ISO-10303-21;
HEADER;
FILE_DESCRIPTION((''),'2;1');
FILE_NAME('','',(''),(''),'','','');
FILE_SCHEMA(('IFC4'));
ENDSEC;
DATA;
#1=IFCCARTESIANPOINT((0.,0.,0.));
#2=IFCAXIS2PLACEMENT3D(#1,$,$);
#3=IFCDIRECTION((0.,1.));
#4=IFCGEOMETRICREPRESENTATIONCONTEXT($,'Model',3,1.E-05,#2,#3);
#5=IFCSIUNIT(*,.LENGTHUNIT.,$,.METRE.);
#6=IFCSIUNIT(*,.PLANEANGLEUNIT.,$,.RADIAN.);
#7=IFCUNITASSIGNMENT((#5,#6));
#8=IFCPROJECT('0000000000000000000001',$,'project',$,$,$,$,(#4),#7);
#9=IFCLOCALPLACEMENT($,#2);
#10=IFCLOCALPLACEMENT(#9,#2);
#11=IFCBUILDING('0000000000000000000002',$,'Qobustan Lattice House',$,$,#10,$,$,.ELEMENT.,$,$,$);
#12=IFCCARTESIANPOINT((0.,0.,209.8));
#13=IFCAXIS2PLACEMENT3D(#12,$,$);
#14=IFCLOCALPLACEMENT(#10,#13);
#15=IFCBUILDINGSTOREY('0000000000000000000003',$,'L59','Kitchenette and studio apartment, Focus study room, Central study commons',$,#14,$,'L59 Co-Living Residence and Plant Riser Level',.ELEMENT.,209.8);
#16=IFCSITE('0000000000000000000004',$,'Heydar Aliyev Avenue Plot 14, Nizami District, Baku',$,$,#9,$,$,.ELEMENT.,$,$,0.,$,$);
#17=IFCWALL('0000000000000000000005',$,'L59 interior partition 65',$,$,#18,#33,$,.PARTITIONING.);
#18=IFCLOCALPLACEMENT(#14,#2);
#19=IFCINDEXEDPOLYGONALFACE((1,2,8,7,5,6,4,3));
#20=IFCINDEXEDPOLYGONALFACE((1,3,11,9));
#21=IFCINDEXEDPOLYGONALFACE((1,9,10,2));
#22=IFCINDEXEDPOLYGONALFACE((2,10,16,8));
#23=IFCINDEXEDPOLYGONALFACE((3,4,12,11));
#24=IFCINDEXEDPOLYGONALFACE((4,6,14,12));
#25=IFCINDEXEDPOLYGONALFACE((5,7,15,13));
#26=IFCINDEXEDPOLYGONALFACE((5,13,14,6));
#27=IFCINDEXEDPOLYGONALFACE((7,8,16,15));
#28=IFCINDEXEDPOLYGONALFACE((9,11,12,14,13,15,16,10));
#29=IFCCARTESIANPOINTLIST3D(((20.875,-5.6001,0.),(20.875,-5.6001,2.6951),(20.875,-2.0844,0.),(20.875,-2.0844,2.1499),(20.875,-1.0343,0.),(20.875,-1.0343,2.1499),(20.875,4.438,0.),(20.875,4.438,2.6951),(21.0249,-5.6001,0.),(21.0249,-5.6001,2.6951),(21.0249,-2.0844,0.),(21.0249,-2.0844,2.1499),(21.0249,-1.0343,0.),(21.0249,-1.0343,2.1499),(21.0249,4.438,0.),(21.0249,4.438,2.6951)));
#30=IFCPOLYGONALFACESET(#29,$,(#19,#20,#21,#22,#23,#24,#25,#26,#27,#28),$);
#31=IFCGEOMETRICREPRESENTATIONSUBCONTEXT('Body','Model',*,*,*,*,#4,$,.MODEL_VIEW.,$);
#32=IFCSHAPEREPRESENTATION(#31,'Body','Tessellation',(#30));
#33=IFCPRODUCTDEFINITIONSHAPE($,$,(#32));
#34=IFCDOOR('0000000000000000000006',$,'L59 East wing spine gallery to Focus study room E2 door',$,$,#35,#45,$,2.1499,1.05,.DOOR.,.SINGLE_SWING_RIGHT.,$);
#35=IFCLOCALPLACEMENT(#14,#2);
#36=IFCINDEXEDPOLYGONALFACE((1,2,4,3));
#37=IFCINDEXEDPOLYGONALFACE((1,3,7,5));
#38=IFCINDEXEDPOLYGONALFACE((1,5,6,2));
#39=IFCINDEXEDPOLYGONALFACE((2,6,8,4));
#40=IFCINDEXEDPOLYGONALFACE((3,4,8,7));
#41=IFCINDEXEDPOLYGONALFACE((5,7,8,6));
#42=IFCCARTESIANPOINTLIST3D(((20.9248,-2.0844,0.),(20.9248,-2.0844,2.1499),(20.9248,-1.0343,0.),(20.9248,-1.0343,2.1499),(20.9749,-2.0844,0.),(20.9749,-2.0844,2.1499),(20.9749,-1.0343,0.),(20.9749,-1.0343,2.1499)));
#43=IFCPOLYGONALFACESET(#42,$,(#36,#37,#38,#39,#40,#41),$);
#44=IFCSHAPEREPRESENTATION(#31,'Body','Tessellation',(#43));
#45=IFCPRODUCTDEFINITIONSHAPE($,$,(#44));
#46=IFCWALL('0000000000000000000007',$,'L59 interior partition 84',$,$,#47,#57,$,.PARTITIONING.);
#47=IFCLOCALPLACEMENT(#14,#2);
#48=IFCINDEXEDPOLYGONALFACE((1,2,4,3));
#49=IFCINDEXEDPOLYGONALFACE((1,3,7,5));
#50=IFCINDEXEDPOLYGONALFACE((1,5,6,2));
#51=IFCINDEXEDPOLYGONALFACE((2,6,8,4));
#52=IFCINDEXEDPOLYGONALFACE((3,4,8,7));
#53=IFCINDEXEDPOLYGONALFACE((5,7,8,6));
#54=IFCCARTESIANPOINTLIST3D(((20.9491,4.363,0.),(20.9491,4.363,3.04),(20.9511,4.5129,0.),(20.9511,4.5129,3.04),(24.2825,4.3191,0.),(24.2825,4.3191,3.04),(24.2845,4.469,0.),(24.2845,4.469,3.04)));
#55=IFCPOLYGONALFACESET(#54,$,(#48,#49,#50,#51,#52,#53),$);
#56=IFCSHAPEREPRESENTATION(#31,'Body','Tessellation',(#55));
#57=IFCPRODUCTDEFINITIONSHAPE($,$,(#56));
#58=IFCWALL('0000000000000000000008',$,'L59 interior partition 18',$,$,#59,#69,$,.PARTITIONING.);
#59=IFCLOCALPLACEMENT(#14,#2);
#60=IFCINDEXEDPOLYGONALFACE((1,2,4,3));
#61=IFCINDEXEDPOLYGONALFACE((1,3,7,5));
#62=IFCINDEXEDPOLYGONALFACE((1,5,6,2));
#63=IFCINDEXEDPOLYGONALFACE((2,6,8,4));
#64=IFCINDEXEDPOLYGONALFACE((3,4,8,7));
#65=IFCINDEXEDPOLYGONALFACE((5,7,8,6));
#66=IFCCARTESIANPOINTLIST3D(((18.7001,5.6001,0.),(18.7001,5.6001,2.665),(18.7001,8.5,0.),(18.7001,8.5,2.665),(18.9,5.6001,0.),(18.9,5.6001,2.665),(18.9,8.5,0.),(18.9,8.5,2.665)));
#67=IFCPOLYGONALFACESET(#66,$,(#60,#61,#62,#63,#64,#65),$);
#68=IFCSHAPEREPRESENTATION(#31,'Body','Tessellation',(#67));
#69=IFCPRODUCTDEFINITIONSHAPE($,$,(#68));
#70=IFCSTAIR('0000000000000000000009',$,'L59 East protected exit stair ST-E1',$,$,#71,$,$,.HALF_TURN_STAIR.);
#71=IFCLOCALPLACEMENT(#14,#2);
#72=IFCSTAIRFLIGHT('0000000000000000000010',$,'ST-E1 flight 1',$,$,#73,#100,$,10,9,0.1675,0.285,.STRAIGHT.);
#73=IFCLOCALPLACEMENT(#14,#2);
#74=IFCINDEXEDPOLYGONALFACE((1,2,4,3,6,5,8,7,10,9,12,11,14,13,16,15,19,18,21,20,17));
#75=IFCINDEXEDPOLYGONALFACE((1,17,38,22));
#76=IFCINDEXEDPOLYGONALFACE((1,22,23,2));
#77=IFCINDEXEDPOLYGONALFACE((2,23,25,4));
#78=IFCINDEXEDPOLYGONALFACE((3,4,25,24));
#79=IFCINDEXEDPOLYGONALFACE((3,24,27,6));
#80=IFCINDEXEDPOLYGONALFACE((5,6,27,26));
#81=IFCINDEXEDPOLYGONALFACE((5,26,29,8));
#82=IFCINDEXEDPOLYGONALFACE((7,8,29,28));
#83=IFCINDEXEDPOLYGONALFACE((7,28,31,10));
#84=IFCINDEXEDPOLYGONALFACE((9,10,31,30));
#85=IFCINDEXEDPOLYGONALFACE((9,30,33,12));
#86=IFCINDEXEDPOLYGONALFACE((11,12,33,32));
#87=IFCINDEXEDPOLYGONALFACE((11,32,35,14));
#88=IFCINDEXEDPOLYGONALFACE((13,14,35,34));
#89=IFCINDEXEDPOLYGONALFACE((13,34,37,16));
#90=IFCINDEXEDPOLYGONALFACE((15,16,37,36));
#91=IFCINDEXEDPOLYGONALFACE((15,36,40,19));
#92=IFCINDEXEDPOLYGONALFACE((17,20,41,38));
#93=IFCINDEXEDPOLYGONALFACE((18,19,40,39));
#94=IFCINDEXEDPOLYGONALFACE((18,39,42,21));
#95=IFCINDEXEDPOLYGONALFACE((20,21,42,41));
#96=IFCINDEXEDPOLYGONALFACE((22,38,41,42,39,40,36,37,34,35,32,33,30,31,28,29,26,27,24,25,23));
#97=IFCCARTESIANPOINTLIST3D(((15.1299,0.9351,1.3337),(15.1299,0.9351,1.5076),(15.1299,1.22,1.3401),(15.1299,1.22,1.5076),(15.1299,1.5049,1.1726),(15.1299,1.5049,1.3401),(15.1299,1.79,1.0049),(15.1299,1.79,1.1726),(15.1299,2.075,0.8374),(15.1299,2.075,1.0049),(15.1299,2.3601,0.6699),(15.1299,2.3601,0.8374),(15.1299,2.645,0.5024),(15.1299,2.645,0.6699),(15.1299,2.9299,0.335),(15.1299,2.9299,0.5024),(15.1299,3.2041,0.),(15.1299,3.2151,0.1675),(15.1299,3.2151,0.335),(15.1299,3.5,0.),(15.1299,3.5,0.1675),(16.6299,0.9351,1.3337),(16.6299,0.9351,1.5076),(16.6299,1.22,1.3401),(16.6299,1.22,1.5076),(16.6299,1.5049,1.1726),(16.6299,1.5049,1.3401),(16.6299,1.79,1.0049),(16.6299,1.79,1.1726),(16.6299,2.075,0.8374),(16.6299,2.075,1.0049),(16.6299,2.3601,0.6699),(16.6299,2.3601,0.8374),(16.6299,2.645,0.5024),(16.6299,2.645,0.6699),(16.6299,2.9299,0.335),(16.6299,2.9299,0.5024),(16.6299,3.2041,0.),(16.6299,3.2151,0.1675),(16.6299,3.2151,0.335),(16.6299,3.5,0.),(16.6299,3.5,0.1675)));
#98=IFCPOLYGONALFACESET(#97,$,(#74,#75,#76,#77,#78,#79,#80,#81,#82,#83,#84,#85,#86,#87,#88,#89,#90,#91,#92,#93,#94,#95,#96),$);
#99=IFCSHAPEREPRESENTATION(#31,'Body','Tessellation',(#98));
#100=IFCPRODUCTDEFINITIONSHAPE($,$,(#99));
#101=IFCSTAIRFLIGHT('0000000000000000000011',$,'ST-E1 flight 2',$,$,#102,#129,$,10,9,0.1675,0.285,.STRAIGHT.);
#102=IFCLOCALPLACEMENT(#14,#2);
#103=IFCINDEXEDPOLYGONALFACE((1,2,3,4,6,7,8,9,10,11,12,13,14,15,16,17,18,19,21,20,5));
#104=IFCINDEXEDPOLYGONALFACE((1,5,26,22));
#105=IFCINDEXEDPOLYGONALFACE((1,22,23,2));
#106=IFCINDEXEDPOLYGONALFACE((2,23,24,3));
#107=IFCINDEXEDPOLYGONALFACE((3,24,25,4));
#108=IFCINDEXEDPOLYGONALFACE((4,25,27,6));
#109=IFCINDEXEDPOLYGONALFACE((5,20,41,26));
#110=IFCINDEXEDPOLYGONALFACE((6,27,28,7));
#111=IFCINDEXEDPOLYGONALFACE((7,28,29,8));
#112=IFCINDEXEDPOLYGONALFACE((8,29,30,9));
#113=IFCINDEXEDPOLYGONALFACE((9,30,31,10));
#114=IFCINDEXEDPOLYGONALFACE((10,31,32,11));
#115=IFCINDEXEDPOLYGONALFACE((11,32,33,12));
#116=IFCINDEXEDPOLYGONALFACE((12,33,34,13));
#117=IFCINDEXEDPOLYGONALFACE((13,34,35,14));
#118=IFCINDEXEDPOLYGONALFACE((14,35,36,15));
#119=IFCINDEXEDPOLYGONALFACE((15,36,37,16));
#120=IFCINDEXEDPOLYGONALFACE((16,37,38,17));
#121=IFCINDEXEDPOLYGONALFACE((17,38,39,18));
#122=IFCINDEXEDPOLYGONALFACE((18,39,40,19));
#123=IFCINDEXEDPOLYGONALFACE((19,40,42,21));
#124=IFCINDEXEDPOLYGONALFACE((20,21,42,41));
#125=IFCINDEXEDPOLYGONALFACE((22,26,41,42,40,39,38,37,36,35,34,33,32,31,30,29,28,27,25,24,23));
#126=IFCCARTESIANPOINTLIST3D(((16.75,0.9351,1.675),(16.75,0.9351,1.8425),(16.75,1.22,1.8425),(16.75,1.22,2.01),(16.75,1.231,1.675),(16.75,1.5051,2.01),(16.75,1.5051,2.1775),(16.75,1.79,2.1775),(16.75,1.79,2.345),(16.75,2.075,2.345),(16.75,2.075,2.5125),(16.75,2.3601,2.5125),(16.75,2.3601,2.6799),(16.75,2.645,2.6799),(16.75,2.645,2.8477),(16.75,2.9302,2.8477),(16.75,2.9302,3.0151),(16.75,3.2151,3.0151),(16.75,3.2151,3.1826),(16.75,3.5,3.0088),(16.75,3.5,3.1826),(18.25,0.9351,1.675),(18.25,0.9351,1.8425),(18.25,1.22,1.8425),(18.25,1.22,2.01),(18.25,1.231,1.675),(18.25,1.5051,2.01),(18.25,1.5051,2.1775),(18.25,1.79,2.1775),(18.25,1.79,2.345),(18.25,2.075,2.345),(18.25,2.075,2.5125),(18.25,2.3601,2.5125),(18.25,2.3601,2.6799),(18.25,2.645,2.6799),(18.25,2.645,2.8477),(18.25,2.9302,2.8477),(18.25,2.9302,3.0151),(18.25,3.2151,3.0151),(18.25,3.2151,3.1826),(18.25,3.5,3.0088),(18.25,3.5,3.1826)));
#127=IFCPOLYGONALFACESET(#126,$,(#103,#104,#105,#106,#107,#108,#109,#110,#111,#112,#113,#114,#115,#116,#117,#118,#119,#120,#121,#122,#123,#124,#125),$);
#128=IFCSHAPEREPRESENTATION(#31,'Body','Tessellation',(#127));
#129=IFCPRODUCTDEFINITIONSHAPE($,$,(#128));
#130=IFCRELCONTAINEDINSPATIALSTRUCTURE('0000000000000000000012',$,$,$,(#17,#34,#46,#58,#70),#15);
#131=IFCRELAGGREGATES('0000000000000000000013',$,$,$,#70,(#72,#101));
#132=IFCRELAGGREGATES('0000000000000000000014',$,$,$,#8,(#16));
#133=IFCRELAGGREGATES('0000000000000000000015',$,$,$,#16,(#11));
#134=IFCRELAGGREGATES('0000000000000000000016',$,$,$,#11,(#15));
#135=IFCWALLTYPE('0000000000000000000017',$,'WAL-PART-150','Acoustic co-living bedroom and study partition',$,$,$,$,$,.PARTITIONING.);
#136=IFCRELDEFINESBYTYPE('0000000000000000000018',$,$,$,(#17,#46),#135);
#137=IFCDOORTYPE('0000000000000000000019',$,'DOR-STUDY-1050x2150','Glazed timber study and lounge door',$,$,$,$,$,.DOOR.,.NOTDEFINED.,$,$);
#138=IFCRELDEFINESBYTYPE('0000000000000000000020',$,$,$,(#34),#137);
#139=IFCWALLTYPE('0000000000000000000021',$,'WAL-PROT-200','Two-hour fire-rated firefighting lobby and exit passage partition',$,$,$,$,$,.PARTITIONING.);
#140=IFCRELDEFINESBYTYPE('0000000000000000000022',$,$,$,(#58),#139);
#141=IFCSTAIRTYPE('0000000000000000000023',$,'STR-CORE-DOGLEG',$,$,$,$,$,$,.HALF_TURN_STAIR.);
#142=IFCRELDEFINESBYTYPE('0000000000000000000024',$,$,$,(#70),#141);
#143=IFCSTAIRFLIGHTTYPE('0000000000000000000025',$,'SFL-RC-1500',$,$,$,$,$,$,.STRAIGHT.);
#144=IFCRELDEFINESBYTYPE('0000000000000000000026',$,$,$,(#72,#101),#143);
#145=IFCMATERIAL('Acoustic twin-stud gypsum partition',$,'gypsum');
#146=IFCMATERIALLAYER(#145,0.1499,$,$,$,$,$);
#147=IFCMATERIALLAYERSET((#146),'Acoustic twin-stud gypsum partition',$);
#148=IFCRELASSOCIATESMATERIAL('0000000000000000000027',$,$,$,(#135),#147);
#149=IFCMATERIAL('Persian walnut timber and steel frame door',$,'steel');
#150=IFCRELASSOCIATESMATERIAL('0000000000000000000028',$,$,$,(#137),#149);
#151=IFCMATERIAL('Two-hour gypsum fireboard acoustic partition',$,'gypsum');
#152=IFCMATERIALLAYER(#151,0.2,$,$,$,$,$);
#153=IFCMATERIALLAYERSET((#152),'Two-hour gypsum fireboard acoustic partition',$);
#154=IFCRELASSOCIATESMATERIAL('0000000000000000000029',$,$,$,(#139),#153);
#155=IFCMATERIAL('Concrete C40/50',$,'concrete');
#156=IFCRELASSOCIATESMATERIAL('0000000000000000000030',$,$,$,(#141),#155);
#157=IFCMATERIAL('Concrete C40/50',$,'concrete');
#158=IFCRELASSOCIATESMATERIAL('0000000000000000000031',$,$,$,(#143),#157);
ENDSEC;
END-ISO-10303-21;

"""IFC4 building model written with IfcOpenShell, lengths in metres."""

from ifc_helpers import new_model, si_unit, direction, frame, frame_2d, origin, place, context, subcontext, project, spatial, polyline, rectangle, outline, extrude, material, layer, layer_set, type_object, element, fill, aggregate, save


model = new_model("IFC4")

# Units and contexts
model_context = context("Model", 3, precision=1e-05, world=origin(), true_north=direction((0.0, 1.0)))
body_context = subcontext(model_context, "Body", "Model", "MODEL_VIEW")
ifc_project = project(units=[si_unit("LENGTHUNIT", "METRE"), si_unit("PLANEANGLEUNIT", "RADIAN")], contexts=[model_context])

# Site, building, storey
site_placement = place(None, origin())
site = spatial("IfcSite", under=ifc_project, at=site_placement, Name="Heydar Aliyev Avenue Plot 14, Nizami District, Baku", CompositionType="ELEMENT", RefElevation=0.0)
building_placement = place(site_placement, origin())
building = spatial("IfcBuilding", under=site, at=building_placement, Name="Qobustan Lattice House", CompositionType="ELEMENT")
storey_placement = place(building_placement, frame((0.0, 0.0, 209.8)))
storey = spatial("IfcBuildingStorey", under=building, at=storey_placement, Name="L59", Description="Kitchenette and studio apartment, Focus study room, Central study commons", LongName="L59 Co-Living Residence and Plant Riser Level", CompositionType="ELEMENT", Elevation=209.8)

# Wall, opening, door
ifc_material_1 = material(Name="Acoustic twin-stud gypsum partition", Category="gypsum")
ifc_layer_1 = layer(ifc_material_1, 0.1499)
ifc_layer_set_1 = layer_set([ifc_layer_1], Name="Acoustic twin-stud gypsum partition")
wall_type_1 = type_object("IfcWallType", Name="WAL-PART-150", Description="Acoustic co-living bedroom and study partition", PredefinedType="PARTITIONING", material=ifc_layer_set_1)
wall_1_placement = place(storey_placement, frame((20.95, 4.438, 0.0), z_axis=(0.0, 0.0, 1.0), x_axis=(0.0, -1.0, 0.0)))
wall_1 = element("IfcWall", 1, at=wall_1_placement, inside=storey, type_object=wall_type_1, Name="L59 interior partition 65", PredefinedType="PARTITIONING", context=body_context, shape_type="SweptSolid", body=[
    extrude(rectangle(XDim=10.0381, YDim=0.1499, at=frame_2d((5.019, 0.0))), origin(), (0.0, 0.0, 1.0), 2.6951),
])
opening_placement = place(wall_1_placement, frame((5.4724, 0.0, 0.0)))
opening = element("IfcOpeningElement", 2, at=opening_placement, cuts=wall_1, PredefinedType="OPENING", context=body_context, shape_type="SweptSolid", body=[
    extrude(rectangle(XDim=1.05, YDim=2.1499, at=frame_2d((0.5249, 1.075))), frame((0.0, 0.085, 0.0), z_axis=(0.0, -1.0, 0.0), x_axis=(1.0, 0.0, 0.0)), (0.0, 0.0, 1.0), 0.1699),
])
ifc_material_2 = material(Name="Persian walnut timber and steel frame door", Category="steel")
door_type = type_object("IfcDoorType", Name="DOR-STUDY-1050x2150", Description="Glazed timber study and lounge door", OperationType="NOTDEFINED", PredefinedType="DOOR", material=ifc_material_2)
door_placement = place(opening_placement, origin())
door = element("IfcDoor", 3, at=door_placement, inside=storey, type_object=door_type, Name="L59 East wing spine gallery to Focus study room E2 door", OperationType="SINGLE_SWING_RIGHT", OverallHeight=2.1499, OverallWidth=1.05, PredefinedType="DOOR", context=body_context, shape_type="SweptSolid", body=[
    extrude(rectangle(XDim=1.05, YDim=2.1499, at=frame_2d((0.5249, 1.075))), frame((0.0, 0.0249, 0.0), z_axis=(0.0, -1.0, 0.0), x_axis=(1.0, 0.0, 0.0)), (0.0, 0.0, 1.0), 0.05),
])
fill(opening, door)

# Walls
wall_2_placement = place(storey_placement, frame((20.95, 4.438, 0.0), z_axis=(0.0, 0.0, 1.0), x_axis=(0.999913, -0.013182, 0.0)))
element("IfcWall", 4, at=wall_2_placement, inside=storey, type_object=wall_type_1, Name="L59 interior partition 84", PredefinedType="PARTITIONING", context=body_context, shape_type="SweptSolid", body=[
    extrude(rectangle(XDim=3.3337, YDim=0.1499, at=frame_2d((1.667, 0.0))), origin(), (0.0, 0.0, 1.0), 3.04),
])
ifc_material_3 = material(Name="Two-hour gypsum fireboard acoustic partition", Category="gypsum")
ifc_layer_2 = layer(ifc_material_3, 0.2)
ifc_layer_set_2 = layer_set([ifc_layer_2], Name="Two-hour gypsum fireboard acoustic partition")
wall_type_2 = type_object("IfcWallType", Name="WAL-PROT-200", Description="Two-hour fire-rated firefighting lobby and exit passage partition", PredefinedType="PARTITIONING", material=ifc_layer_set_2)
wall_3_placement = place(storey_placement, frame((18.8, 5.6001, 0.0), z_axis=(0.0, 0.0, 1.0), x_axis=(0.0, 1.0, 0.0)))
element("IfcWall", 5, at=wall_3_placement, inside=storey, type_object=wall_type_2, Name="L59 interior partition 18", PredefinedType="PARTITIONING", context=body_context, shape_type="SweptSolid", body=[
    extrude(rectangle(XDim=2.8999, YDim=0.2, at=frame_2d((1.45, 0.0))), origin(), (0.0, 0.0, 1.0), 2.665),
])

# Stair, stair flights
ifc_material_4 = material(Name="Concrete C40/50", Category="concrete")
stair_type = type_object("IfcStairType", Name="STR-CORE-DOGLEG", PredefinedType="HALF_TURN_STAIR", material=ifc_material_4)
stair_placement = place(storey_placement, origin())
stair = element("IfcStair", 6, at=stair_placement, inside=storey, type_object=stair_type, Name="L59 East protected exit stair ST-E1", PredefinedType="HALF_TURN_STAIR")
ifc_material_5 = material(Name="Concrete C40/50", Category="concrete")
stair_flight_type = type_object("IfcStairFlightType", Name="SFL-RC-1500", PredefinedType="STRAIGHT", material=ifc_material_5)
stair_flight_1_placement = place(storey_placement, frame((15.8799, 3.5, 0.0), z_axis=(0.0, 0.0, 1.0), x_axis=(0.0, -1.0, 0.0)))
stair_flight_1 = element("IfcStairFlight", 7, at=stair_flight_1_placement, type_object=stair_flight_type, Name="ST-E1 flight 1", NumberOfRisers=10, NumberOfTreads=9, PredefinedType="STRAIGHT", RiserHeight=0.1675, TreadLength=0.285, context=body_context, shape_type="SweptSolid", body=[
    extrude(outline(polyline([(0.0, 0.0), (0.0, 0.1675), (0.2849, 0.1675), (0.2849, 0.335), (0.5701, 0.335), (0.5701, 0.5024), (0.855, 0.5024), (0.855, 0.6699), (1.1399, 0.6699), (1.1399, 0.8374), (1.425, 0.8374), (1.425, 1.0049), (1.71, 1.0049), (1.71, 1.1726), (1.9951, 1.1726), (1.9951, 1.3401), (2.28, 1.3401), (2.28, 1.5076), (2.5649, 1.5076), (2.5649, 1.675), (2.5649, 1.3337), (0.2959, 0.0), (0.0, 0.0)])), frame((0.0, 0.75, 0.0), z_axis=(0.0, -1.0, 0.0), x_axis=(1.0, 0.0, 0.0)), (0.0, 0.0, 1.0), 1.5),
])
stair_flight_2_placement = place(storey_placement, frame((17.5, 0.9351, 1.675), z_axis=(0.0, 0.0, 1.0), x_axis=(0.0, 1.0, 0.0)))
stair_flight_2 = element("IfcStairFlight", 8, at=stair_flight_2_placement, type_object=stair_flight_type, Name="ST-E1 flight 2", NumberOfRisers=10, NumberOfTreads=9, PredefinedType="STRAIGHT", RiserHeight=0.1675, TreadLength=0.285, context=body_context, shape_type="SweptSolid", body=[
    extrude(outline(polyline([(0.0, 0.0), (0.0, 0.1675), (0.2849, 0.1675), (0.2849, 0.335), (0.5701, 0.335), (0.5701, 0.5024), (0.855, 0.5024), (0.855, 0.6699), (1.1399, 0.6699), (1.1399, 0.8374), (1.425, 0.8374), (1.425, 1.0049), (1.71, 1.0049), (1.71, 1.1726), (1.9951, 1.1726), (1.9951, 1.3401), (2.28, 1.3401), (2.28, 1.5076), (2.5649, 1.5076), (2.5649, 1.675), (2.5649, 1.3337), (0.2959, 0.0), (0.0, 0.0)])), frame((0.0, 0.75, 0.0), z_axis=(0.0, -1.0, 0.0), x_axis=(1.0, 0.0, 0.0)), (0.0, 0.0, 1.0), 1.5),
])
aggregate(stair, [stair_flight_1, stair_flight_2])

save(model, "model.ifc")
